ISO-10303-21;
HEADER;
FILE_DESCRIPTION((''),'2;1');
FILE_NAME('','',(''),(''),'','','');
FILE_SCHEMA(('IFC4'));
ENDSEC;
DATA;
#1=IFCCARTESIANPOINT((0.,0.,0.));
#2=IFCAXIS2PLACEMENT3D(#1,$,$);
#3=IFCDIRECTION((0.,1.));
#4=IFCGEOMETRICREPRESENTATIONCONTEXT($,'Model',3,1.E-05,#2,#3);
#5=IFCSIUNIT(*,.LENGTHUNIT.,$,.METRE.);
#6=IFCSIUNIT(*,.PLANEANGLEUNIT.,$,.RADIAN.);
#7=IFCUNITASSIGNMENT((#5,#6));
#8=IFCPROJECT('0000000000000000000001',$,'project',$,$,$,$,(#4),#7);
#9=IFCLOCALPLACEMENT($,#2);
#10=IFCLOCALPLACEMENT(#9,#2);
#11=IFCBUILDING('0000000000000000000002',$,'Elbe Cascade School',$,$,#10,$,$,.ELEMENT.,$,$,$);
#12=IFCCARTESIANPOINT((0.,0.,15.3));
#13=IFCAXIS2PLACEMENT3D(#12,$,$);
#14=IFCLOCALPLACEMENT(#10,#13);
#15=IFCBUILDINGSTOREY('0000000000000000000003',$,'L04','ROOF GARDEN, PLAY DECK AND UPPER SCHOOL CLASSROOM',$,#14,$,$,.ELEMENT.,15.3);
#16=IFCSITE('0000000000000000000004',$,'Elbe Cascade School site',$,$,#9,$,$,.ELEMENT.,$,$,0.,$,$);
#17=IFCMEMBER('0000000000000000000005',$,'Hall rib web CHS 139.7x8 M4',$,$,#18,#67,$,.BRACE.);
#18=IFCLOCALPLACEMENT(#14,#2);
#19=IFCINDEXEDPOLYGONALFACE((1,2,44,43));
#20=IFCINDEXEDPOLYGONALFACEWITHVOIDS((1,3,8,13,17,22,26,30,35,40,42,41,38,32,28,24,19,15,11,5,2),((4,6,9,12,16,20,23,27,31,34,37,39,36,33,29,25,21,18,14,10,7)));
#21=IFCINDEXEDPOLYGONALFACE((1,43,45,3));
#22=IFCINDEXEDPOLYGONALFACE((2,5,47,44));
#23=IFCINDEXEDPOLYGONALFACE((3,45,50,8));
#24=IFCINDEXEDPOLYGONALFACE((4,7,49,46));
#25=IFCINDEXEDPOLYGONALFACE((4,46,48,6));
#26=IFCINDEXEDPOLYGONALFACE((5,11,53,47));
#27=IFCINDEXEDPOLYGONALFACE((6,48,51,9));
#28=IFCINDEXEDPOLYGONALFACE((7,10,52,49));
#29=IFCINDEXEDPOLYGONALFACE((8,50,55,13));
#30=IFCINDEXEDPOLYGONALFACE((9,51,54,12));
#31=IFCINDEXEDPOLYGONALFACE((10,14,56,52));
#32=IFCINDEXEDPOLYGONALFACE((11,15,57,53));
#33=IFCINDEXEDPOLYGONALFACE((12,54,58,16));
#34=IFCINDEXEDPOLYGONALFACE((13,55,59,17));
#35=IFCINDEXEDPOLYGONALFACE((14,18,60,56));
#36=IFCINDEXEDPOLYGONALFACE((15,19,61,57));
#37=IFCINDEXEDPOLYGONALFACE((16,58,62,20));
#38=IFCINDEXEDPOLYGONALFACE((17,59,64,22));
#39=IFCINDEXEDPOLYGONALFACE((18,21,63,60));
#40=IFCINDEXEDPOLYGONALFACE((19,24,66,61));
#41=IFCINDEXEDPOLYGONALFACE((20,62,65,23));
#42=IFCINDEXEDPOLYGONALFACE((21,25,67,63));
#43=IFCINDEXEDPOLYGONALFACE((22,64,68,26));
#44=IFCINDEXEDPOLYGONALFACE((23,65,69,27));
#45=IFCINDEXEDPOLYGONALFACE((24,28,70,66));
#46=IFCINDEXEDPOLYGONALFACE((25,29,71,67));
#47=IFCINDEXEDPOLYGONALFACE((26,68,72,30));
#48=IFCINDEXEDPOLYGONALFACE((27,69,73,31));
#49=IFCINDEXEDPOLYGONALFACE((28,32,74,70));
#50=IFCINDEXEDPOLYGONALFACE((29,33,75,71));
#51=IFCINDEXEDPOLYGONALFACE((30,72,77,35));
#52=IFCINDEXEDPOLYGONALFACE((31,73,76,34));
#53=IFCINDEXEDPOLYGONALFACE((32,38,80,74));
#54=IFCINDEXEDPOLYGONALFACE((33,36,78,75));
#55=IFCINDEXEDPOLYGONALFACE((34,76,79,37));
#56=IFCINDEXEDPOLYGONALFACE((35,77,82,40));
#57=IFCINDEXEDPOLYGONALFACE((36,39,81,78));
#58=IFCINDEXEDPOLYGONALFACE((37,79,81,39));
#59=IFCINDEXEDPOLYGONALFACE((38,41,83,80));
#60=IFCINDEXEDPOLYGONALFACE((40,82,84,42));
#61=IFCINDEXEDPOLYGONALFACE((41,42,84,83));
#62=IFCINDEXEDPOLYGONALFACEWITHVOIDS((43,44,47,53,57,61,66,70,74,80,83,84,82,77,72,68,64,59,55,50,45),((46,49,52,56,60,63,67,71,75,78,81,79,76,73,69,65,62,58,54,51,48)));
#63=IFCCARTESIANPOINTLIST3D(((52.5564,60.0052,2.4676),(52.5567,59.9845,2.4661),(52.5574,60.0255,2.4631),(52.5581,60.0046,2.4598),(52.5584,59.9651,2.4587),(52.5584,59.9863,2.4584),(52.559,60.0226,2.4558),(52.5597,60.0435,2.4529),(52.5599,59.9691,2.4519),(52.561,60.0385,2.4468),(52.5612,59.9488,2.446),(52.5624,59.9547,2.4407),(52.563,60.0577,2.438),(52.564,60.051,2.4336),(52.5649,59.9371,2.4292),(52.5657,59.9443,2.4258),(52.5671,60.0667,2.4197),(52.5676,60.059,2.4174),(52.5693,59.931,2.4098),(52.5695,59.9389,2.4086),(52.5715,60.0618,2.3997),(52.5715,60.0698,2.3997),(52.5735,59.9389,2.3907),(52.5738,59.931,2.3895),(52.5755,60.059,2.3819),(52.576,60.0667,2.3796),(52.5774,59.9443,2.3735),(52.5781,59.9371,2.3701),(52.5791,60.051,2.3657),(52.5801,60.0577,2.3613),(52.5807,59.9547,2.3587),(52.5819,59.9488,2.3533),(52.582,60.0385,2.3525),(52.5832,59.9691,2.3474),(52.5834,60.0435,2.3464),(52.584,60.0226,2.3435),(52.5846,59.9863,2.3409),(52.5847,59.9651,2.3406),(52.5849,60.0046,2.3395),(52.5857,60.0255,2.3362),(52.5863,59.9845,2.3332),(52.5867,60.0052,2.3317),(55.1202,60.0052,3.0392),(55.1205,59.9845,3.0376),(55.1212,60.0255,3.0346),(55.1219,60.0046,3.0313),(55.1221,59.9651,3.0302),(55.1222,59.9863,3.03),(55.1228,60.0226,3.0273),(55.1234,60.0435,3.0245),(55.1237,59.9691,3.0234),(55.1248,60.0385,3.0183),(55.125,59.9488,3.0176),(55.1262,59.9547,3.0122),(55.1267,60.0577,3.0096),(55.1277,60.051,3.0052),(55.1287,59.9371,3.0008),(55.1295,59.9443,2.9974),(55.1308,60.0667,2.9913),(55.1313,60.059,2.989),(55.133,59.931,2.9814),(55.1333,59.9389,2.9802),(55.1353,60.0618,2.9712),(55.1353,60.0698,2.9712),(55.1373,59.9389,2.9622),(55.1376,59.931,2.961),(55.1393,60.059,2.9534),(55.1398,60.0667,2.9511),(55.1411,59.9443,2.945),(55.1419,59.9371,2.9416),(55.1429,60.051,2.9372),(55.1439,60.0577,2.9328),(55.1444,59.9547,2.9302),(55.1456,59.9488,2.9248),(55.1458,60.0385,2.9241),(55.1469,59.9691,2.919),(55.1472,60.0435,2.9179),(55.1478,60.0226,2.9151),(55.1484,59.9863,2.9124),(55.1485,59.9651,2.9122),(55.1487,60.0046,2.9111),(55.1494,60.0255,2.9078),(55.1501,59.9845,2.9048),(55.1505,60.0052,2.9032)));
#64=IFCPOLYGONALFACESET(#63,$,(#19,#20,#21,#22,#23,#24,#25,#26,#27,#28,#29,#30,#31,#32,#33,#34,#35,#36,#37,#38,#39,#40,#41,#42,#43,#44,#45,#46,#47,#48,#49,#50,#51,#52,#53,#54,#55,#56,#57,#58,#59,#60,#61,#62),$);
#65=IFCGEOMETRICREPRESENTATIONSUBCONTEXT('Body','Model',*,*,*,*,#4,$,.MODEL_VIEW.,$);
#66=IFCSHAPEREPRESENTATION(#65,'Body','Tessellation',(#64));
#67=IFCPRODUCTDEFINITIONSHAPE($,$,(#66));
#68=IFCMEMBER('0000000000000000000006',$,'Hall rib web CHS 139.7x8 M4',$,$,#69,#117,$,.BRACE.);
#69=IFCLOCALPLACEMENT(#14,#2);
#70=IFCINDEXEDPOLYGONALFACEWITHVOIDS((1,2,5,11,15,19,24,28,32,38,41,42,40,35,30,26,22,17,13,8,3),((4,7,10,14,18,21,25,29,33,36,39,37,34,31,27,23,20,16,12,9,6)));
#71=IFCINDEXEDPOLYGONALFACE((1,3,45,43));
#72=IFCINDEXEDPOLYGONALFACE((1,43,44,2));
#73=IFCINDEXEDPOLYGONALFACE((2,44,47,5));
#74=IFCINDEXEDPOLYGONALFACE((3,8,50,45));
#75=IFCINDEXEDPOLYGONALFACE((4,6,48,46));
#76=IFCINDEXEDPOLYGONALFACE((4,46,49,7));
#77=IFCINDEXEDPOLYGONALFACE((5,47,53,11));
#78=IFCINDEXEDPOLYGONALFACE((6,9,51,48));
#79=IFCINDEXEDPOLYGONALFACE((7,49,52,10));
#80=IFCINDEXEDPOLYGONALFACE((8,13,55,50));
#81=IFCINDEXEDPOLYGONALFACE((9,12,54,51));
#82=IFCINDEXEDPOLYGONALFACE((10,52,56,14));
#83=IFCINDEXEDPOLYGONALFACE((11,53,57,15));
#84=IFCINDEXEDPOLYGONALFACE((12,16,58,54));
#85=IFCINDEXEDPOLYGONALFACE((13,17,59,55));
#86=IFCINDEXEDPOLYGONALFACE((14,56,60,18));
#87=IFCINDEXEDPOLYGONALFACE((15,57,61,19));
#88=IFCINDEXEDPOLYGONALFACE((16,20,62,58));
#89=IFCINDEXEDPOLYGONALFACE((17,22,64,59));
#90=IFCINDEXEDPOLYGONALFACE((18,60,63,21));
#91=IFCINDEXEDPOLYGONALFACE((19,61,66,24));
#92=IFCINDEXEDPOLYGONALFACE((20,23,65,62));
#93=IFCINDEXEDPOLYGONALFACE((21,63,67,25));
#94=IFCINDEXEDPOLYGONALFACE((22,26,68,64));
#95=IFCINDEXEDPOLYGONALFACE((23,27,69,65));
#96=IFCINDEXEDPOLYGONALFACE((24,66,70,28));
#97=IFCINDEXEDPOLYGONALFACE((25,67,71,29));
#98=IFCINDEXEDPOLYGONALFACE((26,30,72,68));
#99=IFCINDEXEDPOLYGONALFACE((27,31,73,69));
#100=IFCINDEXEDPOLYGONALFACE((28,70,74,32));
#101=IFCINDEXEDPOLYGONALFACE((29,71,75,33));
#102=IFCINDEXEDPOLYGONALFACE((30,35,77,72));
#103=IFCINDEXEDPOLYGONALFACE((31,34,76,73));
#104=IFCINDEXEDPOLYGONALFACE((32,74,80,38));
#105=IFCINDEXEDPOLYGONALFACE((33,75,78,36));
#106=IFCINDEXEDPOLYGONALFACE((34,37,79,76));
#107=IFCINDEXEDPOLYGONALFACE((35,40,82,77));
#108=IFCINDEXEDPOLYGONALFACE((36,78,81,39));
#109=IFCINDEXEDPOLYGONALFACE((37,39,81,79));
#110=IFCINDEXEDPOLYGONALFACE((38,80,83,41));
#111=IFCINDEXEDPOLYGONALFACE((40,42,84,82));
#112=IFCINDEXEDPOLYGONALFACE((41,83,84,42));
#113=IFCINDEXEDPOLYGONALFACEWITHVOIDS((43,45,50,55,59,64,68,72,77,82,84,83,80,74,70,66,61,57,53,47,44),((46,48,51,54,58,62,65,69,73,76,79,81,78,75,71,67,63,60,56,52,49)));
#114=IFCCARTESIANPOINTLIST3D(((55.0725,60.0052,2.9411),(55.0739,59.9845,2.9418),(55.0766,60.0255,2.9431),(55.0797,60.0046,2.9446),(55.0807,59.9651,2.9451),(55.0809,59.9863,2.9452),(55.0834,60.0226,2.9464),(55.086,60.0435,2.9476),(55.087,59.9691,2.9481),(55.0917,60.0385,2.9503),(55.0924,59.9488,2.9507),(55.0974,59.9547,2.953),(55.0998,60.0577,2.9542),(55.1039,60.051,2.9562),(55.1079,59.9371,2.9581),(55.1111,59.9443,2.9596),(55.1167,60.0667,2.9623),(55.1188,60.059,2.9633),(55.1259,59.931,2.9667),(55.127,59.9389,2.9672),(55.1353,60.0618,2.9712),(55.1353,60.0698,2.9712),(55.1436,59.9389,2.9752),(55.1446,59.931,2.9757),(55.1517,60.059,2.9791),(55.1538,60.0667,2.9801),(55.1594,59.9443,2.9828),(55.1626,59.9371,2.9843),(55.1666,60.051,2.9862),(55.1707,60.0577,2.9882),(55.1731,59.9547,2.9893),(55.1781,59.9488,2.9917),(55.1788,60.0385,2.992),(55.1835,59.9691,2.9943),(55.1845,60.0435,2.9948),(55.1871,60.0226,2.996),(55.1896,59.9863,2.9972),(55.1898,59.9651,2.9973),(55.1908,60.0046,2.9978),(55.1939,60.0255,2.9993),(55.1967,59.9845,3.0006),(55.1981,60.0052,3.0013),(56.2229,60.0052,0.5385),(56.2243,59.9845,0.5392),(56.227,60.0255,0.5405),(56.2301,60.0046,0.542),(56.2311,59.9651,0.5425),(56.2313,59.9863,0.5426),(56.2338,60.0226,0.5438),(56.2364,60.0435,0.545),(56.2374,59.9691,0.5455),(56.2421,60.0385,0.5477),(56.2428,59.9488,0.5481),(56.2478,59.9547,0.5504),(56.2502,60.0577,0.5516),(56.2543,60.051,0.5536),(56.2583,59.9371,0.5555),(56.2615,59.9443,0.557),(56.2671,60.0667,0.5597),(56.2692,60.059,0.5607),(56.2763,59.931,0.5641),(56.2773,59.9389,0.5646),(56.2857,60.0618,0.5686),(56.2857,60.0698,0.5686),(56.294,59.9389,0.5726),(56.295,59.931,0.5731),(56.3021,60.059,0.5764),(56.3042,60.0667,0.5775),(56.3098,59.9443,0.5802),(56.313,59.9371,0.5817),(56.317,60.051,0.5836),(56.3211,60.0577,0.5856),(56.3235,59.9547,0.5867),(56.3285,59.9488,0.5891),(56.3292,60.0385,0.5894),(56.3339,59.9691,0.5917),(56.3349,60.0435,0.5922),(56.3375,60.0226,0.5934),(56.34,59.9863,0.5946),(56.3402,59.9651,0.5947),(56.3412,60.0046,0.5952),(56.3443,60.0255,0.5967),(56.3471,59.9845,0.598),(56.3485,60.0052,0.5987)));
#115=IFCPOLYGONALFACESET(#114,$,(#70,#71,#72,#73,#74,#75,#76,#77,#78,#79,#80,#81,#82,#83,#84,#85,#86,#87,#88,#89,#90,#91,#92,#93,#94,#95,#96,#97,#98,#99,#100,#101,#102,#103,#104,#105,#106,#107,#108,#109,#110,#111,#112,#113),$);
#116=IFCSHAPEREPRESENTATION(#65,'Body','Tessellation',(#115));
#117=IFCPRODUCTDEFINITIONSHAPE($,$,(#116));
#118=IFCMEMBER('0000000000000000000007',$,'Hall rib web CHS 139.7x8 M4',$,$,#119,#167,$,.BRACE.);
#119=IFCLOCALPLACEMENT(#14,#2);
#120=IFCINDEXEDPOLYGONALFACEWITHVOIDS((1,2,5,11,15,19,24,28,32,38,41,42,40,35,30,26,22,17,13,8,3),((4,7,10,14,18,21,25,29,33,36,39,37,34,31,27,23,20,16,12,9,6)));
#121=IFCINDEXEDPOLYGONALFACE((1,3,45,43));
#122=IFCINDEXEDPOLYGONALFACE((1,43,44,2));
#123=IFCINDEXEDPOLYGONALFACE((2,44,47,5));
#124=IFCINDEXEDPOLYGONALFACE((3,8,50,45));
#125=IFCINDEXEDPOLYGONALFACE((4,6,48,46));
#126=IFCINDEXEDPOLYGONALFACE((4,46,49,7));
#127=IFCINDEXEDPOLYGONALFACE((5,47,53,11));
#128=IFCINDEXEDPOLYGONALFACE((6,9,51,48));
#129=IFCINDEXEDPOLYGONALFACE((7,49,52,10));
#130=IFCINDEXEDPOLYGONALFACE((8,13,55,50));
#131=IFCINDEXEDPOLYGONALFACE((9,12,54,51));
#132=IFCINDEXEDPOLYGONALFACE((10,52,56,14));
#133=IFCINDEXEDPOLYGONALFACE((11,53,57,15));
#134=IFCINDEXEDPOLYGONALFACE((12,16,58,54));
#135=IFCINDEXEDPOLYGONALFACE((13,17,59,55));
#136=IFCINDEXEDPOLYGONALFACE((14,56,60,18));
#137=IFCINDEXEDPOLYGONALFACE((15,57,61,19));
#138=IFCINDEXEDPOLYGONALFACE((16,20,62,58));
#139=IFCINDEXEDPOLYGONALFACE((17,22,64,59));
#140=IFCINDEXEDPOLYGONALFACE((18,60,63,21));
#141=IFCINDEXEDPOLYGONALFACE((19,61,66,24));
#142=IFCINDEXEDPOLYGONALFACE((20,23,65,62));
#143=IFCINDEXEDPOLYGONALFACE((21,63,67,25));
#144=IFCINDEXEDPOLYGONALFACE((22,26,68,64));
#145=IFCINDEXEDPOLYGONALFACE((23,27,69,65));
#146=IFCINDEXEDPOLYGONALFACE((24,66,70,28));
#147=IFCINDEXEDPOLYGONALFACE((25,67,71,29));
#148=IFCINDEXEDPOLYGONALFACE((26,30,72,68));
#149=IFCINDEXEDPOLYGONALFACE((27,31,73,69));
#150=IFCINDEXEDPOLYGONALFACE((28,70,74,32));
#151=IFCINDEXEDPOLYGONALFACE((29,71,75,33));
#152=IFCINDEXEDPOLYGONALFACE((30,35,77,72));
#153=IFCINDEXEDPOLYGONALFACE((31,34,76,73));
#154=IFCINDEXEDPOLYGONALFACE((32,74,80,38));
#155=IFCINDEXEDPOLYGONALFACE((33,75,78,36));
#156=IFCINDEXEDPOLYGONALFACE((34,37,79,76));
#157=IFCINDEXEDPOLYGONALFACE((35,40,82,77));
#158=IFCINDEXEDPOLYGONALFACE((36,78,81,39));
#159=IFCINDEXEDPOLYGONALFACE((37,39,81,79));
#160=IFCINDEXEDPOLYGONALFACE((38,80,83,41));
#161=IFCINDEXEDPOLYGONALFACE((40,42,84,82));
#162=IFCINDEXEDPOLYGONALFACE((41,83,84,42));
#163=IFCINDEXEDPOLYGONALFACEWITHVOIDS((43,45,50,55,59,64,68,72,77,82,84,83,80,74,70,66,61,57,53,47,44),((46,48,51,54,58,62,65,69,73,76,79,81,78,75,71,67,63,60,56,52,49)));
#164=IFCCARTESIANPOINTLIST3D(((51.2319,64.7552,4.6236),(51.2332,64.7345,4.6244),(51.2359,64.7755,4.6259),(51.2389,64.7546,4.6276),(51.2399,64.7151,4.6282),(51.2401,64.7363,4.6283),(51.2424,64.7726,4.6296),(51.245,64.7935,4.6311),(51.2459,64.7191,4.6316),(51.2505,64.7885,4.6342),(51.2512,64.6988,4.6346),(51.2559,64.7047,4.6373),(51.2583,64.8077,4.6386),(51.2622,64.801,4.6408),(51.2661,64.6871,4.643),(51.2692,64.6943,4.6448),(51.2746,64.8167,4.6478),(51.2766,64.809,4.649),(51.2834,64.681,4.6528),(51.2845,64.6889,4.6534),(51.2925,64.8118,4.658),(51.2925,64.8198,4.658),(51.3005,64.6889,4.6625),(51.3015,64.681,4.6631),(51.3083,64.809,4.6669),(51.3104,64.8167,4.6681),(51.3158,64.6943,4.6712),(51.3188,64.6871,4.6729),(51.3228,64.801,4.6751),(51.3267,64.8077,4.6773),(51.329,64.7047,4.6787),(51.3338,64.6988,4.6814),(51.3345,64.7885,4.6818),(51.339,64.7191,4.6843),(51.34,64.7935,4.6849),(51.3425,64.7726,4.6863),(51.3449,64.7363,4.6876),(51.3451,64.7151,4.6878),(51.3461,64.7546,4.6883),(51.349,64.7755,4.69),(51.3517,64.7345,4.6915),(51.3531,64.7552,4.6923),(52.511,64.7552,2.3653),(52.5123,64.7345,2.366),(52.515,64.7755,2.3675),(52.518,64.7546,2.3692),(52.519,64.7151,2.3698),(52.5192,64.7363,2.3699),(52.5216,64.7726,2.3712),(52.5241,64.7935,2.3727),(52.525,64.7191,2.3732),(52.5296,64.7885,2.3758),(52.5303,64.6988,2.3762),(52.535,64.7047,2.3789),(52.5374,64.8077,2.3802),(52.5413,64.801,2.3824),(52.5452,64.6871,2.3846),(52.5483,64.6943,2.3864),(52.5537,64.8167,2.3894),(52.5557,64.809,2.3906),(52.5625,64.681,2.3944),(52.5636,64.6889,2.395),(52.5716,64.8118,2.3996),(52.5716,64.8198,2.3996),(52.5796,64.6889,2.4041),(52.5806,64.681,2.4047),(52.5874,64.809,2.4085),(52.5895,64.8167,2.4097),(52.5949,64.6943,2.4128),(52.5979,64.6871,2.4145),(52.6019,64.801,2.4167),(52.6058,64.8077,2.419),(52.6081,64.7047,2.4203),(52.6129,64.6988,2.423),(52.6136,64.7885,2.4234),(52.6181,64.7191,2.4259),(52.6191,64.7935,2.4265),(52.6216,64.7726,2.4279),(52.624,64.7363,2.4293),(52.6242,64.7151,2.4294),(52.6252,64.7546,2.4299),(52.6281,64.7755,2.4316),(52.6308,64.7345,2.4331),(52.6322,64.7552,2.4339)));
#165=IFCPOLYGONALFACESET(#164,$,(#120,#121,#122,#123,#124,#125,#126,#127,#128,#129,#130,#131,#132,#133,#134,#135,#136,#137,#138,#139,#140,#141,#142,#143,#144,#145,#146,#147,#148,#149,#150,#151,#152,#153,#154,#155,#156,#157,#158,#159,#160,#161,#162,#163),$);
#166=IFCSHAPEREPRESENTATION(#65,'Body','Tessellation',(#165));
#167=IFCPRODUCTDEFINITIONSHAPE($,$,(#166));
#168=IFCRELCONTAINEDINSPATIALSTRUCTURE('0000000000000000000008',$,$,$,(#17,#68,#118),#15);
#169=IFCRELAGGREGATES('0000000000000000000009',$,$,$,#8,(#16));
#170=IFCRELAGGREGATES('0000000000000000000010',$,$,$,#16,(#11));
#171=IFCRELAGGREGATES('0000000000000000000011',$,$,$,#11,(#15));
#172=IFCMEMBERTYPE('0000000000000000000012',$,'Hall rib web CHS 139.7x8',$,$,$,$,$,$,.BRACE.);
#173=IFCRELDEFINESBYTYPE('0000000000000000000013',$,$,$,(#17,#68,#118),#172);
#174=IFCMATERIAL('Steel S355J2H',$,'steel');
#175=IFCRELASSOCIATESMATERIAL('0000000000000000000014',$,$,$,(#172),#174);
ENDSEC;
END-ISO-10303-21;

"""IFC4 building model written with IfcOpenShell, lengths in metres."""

from ifc_helpers import new_model, si_unit, direction, frame, origin, origin_2d, place, context, subcontext, project, spatial, hollow_circle, extrude, material, material_profile, profile_set, type_object, element, save


model = new_model("IFC4")

# Units and contexts
model_context = context("Model", 3, precision=1e-05, world=origin(), true_north=direction((0.0, 1.0)))
body_context = subcontext(model_context, "Body", "Model", "MODEL_VIEW")
ifc_project = project(units=[si_unit("LENGTHUNIT", "METRE"), si_unit("PLANEANGLEUNIT", "RADIAN")], contexts=[model_context])

# Site, building, storey
site_placement = place(None, origin())
site = spatial("IfcSite", under=ifc_project, at=site_placement, Name="Elbe Cascade School site", CompositionType="ELEMENT", RefElevation=0.0)
building_placement = place(site_placement, origin())
building = spatial("IfcBuilding", under=site, at=building_placement, Name="Elbe Cascade School", CompositionType="ELEMENT")
storey_placement = place(building_placement, frame((0.0, 0.0, 15.3)))
storey = spatial("IfcBuildingStorey", under=building, at=storey_placement, Name="L04", Description="ROOF GARDEN, PLAY DECK AND UPPER SCHOOL CLASSROOM", CompositionType="ELEMENT", Elevation=15.3)

# Members
ifc_material_1 = material(Name="Steel S355J2H", Category="steel")
ifc_material_profile_1 = material_profile(ifc_material_1, hollow_circle(Radius=0.0698, WallThickness=0.0081, at=origin_2d()), Name="CHS 139.7x8")
ifc_profile_set_1 = profile_set([ifc_material_profile_1], Name="Steel S355J2H")
member_type_1 = type_object("IfcMemberType", Name="Hall rib web CHS 139.7x8", PredefinedType="BRACE", material=ifc_profile_set_1)
member_1_placement = place(storey_placement, frame((52.5715, 60.0, 2.3997), z_axis=(0.97604, 0.0, 0.21759), x_axis=(0.0, 1.0, 0.0)))
element("IfcMember", 1, at=member_1_placement, inside=storey, type_object=member_type_1, Name="Hall rib web CHS 139.7x8 M4", PredefinedType="BRACE", context=body_context, shape_type="SweptSolid", body=[
    extrude(hollow_circle(Radius=0.0698, WallThickness=0.0081, at=origin_2d()), origin(), (0.0, 0.0, 1.0), 2.6267),
])
member_2_placement = place(storey_placement, frame((55.1353, 60.0, 2.9712), z_axis=(0.431861, 0.0, -0.90194), x_axis=(0.0, 1.0, 0.0)))
element("IfcMember", 2, at=member_2_placement, inside=storey, type_object=member_type_1, Name="Hall rib web CHS 139.7x8 M4", PredefinedType="BRACE", context=body_context, shape_type="SweptSolid", body=[
    extrude(hollow_circle(Radius=0.0698, WallThickness=0.0081, at=origin_2d()), origin(), (0.0, 0.0, 1.0), 2.6638),
])
member_3_placement = place(storey_placement, frame((51.2925, 64.75, 4.658), z_axis=(0.492823, 0.0, -0.87013), x_axis=(0.0, 1.0, 0.0)))
element("IfcMember", 3, at=member_3_placement, inside=storey, type_object=member_type_1, Name="Hall rib web CHS 139.7x8 M4", PredefinedType="BRACE", context=body_context, shape_type="SweptSolid", body=[
    extrude(hollow_circle(Radius=0.0698, WallThickness=0.0081, at=origin_2d()), origin(), (0.0, 0.0, 1.0), 2.5955),
])

save(model, "model.ifc")
